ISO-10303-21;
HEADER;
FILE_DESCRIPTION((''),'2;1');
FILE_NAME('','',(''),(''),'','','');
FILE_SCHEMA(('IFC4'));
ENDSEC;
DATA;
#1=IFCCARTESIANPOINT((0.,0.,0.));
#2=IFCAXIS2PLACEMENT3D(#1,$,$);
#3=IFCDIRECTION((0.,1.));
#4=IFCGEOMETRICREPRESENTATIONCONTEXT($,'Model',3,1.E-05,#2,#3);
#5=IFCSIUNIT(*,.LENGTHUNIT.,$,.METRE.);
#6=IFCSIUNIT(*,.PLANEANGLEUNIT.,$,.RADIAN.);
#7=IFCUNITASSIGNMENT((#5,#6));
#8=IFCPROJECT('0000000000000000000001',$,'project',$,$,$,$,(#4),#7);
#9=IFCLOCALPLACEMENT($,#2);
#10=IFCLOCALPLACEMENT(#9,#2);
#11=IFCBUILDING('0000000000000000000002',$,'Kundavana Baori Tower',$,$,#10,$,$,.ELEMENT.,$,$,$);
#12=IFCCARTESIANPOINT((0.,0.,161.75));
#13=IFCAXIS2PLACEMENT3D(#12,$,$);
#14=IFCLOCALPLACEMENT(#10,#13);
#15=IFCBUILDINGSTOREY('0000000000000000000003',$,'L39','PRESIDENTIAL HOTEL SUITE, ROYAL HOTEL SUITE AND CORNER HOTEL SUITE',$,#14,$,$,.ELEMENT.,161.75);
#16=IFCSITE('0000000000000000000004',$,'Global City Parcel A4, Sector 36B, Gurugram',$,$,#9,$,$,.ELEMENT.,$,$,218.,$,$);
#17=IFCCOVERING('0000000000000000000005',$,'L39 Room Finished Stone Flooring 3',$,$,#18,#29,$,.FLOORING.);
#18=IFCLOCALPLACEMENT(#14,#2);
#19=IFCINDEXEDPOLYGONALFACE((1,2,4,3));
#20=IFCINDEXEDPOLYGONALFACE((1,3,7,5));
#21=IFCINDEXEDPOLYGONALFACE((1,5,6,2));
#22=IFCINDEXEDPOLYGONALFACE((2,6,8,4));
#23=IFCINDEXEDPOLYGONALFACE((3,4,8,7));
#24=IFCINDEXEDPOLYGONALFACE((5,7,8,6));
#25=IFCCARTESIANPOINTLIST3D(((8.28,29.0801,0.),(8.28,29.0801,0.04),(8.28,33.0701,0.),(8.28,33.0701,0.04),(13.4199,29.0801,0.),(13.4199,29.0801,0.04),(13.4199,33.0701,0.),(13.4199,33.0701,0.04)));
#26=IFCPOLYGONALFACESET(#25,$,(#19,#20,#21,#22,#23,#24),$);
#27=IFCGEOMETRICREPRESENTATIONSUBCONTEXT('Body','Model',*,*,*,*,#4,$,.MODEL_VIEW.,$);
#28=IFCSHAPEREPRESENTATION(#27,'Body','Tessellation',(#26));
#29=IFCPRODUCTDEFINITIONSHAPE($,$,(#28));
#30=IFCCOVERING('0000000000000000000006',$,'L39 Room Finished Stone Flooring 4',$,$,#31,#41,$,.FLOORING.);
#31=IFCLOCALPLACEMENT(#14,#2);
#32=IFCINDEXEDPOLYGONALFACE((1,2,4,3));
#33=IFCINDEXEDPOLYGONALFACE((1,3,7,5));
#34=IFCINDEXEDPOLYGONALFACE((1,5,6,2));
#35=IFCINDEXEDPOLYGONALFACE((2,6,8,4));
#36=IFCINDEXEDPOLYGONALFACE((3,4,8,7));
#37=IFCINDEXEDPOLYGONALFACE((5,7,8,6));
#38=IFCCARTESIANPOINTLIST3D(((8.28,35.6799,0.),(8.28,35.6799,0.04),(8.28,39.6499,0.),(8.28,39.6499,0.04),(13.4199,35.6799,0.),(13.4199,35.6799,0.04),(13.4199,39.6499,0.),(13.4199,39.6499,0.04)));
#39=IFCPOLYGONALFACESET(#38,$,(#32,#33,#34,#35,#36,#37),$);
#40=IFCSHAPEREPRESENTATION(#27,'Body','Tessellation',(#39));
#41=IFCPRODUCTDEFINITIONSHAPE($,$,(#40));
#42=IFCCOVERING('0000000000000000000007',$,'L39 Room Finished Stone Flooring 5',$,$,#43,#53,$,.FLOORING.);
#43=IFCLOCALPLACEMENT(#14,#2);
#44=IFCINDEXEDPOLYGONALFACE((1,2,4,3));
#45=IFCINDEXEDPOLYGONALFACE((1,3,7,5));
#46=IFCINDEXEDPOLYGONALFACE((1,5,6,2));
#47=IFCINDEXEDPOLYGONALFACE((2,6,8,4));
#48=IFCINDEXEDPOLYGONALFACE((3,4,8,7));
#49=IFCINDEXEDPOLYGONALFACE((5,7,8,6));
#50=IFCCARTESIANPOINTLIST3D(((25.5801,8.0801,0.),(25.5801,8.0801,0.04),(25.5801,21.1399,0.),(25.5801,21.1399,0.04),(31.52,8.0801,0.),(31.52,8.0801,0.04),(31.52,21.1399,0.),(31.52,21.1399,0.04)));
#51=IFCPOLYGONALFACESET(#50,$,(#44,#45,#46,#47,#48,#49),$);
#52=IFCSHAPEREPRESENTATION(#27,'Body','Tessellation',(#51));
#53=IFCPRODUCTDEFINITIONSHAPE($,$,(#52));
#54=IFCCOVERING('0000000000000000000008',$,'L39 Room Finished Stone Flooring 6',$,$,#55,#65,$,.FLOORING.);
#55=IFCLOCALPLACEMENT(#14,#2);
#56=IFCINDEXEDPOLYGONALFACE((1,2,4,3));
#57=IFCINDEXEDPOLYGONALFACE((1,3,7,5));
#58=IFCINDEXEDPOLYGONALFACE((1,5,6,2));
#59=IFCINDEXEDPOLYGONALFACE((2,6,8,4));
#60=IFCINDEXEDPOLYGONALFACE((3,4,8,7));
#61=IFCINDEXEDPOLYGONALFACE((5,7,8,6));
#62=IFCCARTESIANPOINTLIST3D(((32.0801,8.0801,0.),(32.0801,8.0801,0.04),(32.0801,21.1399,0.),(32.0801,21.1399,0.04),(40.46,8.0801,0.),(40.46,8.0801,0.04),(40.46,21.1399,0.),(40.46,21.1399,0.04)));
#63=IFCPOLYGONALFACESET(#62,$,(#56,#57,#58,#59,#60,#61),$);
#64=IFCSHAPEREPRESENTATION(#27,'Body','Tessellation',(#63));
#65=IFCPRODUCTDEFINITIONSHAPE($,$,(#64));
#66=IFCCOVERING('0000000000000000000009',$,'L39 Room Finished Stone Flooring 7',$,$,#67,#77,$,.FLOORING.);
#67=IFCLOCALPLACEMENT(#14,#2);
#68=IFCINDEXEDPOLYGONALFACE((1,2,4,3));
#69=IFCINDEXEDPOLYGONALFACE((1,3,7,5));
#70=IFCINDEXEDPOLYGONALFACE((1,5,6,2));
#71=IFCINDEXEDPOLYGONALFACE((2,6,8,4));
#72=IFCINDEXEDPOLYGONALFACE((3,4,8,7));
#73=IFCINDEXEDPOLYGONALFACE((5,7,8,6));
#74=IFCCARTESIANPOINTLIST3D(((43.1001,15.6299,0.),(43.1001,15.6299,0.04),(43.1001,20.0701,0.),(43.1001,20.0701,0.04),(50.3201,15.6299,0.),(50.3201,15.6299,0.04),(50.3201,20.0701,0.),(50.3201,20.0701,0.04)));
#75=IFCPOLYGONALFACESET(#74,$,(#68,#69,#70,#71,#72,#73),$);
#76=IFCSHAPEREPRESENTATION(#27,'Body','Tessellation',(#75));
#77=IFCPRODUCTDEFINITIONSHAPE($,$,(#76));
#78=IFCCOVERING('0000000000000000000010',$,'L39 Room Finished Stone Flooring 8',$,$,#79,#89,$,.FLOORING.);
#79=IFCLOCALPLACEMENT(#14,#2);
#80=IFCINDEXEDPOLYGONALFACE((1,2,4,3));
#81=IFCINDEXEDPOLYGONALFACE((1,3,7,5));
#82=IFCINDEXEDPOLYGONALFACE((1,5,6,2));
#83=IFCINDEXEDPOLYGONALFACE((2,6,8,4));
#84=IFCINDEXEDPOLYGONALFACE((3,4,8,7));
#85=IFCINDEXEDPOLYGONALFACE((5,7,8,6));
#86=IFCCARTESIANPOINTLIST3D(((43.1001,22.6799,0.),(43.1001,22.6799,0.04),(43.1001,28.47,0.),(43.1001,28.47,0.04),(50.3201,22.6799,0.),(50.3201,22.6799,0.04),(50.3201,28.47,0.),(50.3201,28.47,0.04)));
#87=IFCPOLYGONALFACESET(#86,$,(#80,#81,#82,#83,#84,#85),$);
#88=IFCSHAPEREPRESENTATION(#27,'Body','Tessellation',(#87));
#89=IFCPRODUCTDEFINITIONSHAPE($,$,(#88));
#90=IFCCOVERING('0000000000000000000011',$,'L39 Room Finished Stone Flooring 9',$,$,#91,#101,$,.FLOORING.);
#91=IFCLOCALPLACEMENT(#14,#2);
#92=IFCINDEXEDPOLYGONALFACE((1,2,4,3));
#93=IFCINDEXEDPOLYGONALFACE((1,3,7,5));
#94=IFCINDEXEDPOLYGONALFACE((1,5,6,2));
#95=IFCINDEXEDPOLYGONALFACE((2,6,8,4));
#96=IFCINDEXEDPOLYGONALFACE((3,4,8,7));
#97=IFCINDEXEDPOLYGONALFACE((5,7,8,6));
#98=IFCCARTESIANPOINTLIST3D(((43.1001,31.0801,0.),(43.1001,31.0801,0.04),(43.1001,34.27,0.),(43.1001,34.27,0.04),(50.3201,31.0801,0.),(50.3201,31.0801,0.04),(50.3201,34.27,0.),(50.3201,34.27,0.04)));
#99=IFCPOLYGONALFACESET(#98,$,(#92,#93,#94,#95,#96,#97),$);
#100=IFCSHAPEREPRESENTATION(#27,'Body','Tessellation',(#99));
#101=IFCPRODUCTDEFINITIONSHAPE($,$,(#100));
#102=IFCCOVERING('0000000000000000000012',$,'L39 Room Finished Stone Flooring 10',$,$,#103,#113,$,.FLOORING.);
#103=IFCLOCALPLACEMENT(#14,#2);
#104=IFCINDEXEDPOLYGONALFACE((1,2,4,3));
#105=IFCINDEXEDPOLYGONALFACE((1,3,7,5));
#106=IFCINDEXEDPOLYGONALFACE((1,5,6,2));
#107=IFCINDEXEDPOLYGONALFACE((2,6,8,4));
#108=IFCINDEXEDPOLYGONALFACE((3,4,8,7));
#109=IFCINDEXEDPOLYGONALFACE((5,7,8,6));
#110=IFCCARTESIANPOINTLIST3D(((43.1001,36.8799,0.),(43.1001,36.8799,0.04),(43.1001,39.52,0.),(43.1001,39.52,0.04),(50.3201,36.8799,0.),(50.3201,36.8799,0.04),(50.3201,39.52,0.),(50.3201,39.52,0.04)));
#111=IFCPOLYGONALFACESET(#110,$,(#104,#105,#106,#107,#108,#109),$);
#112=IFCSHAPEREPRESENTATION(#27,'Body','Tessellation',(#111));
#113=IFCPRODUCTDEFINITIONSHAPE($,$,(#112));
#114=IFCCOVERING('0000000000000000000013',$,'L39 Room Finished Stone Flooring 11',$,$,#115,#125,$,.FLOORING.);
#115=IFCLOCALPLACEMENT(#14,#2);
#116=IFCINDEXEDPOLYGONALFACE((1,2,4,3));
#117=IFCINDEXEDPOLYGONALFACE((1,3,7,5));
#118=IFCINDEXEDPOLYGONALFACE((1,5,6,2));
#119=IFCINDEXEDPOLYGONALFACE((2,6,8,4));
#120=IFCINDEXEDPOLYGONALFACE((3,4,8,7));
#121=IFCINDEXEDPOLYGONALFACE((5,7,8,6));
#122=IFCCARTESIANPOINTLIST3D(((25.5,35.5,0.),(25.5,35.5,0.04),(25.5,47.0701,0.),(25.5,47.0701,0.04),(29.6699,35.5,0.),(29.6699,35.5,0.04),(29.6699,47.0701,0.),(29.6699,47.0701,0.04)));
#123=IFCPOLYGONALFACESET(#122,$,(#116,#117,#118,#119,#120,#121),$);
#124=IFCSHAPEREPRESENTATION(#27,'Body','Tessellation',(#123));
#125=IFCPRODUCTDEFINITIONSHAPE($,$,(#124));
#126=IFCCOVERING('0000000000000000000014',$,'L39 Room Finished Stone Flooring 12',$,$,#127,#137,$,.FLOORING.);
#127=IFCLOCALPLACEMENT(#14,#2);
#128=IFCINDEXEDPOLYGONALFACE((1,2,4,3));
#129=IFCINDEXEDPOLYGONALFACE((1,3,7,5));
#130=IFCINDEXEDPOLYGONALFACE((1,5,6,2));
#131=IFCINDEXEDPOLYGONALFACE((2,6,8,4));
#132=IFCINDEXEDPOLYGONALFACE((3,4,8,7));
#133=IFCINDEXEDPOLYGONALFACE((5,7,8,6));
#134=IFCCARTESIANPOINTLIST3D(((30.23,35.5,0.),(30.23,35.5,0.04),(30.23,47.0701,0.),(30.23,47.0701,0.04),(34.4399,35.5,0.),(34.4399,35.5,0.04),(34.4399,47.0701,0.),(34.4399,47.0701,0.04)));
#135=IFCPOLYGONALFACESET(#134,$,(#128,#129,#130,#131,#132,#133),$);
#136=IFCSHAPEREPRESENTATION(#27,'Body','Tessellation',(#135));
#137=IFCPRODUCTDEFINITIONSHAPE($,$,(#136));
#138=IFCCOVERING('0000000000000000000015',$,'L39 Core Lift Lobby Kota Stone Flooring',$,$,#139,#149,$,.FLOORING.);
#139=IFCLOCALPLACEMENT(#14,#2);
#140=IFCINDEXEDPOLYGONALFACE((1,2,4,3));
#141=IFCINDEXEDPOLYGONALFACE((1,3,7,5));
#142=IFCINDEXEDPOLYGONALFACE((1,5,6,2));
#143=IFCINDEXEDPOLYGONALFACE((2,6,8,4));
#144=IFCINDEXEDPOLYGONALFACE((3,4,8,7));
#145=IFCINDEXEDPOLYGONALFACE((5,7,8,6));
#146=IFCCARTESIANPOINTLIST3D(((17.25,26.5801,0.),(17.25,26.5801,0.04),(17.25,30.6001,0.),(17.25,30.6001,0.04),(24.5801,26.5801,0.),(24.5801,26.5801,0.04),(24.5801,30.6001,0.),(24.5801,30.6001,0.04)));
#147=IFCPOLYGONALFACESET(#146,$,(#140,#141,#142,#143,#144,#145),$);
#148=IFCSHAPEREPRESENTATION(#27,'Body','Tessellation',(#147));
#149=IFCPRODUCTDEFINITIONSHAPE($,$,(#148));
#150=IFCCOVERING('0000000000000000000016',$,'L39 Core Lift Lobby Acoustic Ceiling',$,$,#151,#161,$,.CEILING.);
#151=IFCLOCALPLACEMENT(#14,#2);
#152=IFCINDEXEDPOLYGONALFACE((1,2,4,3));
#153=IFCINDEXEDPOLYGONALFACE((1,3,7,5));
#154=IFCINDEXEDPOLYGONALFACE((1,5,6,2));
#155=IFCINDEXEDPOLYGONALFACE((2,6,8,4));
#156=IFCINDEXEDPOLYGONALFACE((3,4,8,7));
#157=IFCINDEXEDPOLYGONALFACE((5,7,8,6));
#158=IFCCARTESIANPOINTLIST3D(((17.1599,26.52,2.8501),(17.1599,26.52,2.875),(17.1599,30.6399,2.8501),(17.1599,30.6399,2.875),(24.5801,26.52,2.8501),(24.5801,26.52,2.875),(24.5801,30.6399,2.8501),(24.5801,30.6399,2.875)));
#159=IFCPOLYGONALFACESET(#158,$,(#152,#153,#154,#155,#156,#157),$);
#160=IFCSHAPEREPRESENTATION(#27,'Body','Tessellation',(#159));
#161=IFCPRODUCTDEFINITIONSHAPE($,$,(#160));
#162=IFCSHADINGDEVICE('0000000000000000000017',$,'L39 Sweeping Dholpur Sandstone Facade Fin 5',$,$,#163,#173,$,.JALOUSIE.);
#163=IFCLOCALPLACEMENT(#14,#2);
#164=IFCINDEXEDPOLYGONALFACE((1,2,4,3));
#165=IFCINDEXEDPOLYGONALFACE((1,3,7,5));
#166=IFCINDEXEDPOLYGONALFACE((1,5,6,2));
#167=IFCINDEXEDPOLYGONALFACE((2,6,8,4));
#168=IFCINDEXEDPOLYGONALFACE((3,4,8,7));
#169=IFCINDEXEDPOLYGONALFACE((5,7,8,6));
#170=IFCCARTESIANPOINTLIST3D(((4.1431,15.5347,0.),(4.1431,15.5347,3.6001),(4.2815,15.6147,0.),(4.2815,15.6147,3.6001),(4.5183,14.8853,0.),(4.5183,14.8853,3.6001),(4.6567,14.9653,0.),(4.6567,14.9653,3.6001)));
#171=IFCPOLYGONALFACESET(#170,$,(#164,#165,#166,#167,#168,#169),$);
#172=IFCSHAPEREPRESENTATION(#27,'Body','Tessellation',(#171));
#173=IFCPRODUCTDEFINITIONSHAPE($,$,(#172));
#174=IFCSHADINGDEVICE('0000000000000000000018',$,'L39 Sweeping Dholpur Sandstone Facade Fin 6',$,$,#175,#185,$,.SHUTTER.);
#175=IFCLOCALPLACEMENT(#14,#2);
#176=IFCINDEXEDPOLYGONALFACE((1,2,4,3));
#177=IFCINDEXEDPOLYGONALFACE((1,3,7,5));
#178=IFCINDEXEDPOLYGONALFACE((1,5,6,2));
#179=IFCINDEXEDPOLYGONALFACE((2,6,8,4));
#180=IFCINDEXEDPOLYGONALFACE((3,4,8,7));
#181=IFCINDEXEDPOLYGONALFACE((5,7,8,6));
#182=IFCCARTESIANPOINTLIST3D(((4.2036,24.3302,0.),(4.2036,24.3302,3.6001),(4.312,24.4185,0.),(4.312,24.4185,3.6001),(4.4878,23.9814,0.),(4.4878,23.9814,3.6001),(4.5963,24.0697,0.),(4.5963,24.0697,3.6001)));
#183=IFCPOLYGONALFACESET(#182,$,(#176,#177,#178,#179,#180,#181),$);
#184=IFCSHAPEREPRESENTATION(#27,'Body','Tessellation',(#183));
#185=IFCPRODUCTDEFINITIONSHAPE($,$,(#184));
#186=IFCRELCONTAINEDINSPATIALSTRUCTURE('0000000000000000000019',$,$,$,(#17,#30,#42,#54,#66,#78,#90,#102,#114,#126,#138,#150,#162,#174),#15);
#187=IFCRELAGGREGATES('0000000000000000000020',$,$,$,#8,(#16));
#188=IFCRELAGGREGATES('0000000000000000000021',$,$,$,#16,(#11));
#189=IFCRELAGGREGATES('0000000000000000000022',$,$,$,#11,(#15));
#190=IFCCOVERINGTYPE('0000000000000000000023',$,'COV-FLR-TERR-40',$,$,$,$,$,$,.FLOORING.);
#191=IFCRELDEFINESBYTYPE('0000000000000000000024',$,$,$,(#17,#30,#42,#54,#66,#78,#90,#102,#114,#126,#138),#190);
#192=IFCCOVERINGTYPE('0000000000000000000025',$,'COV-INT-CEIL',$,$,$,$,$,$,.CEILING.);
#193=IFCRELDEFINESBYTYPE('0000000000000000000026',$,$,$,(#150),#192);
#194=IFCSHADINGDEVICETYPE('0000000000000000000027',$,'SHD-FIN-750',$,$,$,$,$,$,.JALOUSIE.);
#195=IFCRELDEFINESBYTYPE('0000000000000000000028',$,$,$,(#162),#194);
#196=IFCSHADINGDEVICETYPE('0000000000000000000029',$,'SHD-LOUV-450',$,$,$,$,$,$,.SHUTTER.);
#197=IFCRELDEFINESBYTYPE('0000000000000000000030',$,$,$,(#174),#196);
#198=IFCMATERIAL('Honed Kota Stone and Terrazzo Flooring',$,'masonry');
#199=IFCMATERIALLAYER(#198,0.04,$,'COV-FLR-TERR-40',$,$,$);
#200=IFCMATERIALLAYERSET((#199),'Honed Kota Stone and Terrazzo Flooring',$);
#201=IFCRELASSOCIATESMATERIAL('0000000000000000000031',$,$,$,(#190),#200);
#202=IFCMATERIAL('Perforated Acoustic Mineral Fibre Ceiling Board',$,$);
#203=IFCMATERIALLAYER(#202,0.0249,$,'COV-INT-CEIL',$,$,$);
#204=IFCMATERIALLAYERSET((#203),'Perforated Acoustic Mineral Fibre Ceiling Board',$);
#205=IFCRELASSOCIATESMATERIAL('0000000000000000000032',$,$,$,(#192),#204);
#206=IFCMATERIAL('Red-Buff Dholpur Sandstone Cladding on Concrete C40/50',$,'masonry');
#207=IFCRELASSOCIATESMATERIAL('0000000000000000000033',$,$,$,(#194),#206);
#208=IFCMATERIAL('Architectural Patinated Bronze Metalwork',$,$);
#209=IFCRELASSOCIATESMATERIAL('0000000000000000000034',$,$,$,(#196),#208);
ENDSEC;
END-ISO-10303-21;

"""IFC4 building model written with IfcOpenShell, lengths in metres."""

from ifc_helpers import new_model, si_unit, direction, frame, origin, origin_2d, place, context, subcontext, project, spatial, polyline, rectangle, outline, extrude, material, layer, layer_set, type_object, element, save


model = new_model("IFC4")

# Units and contexts
model_context = context("Model", 3, precision=1e-05, world=origin(), true_north=direction((0.0, 1.0)))
body_context = subcontext(model_context, "Body", "Model", "MODEL_VIEW")
ifc_project = project(units=[si_unit("LENGTHUNIT", "METRE"), si_unit("PLANEANGLEUNIT", "RADIAN")], contexts=[model_context])

# Site, building, storey
site_placement = place(None, origin())
site = spatial("IfcSite", under=ifc_project, at=site_placement, Name="Global City Parcel A4, Sector 36B, Gurugram", CompositionType="ELEMENT", RefElevation=218.0)
building_placement = place(site_placement, origin())
building = spatial("IfcBuilding", under=site, at=building_placement, Name="Kundavana Baori Tower", CompositionType="ELEMENT")
storey_placement = place(building_placement, frame((0.0, 0.0, 161.75)))
storey = spatial("IfcBuildingStorey", under=building, at=storey_placement, Name="L39", Description="PRESIDENTIAL HOTEL SUITE, ROYAL HOTEL SUITE AND CORNER HOTEL SUITE", CompositionType="ELEMENT", Elevation=161.75)

# Coverings
ifc_material_1 = material(Name="Honed Kota Stone and Terrazzo Flooring", Category="masonry")
ifc_layer_1 = layer(ifc_material_1, 0.04, Name="COV-FLR-TERR-40")
ifc_layer_set_1 = layer_set([ifc_layer_1], Name="Honed Kota Stone and Terrazzo Flooring")
covering_type_1 = type_object("IfcCoveringType", Name="COV-FLR-TERR-40", PredefinedType="FLOORING", material=ifc_layer_set_1)
covering_1_placement = place(storey_placement, origin())
element("IfcCovering", 1, at=covering_1_placement, inside=storey, type_object=covering_type_1, Name="L39 Room Finished Stone Flooring 3", PredefinedType="FLOORING", context=body_context, shape_type="SweptSolid", body=[
    extrude(outline(polyline([(8.28, 29.0801), (13.4199, 29.0801), (13.4199, 33.0701), (8.28, 33.0701), (8.28, 29.0801)])), origin(), (0.0, 0.0, 1.0), 0.04),
])
covering_2_placement = place(storey_placement, origin())
element("IfcCovering", 2, at=covering_2_placement, inside=storey, type_object=covering_type_1, Name="L39 Room Finished Stone Flooring 4", PredefinedType="FLOORING", context=body_context, shape_type="SweptSolid", body=[
    extrude(outline(polyline([(8.28, 35.6799), (13.4199, 35.6799), (13.4199, 39.6499), (8.28, 39.6499), (8.28, 35.6799)])), origin(), (0.0, 0.0, 1.0), 0.04),
])
covering_3_placement = place(storey_placement, origin())
element("IfcCovering", 3, at=covering_3_placement, inside=storey, type_object=covering_type_1, Name="L39 Room Finished Stone Flooring 5", PredefinedType="FLOORING", context=body_context, shape_type="SweptSolid", body=[
    extrude(outline(polyline([(25.5801, 8.0801), (31.52, 8.0801), (31.52, 21.1399), (25.5801, 21.1399), (25.5801, 8.0801)])), origin(), (0.0, 0.0, 1.0), 0.04),
])
covering_4_placement = place(storey_placement, origin())
element("IfcCovering", 4, at=covering_4_placement, inside=storey, type_object=covering_type_1, Name="L39 Room Finished Stone Flooring 6", PredefinedType="FLOORING", context=body_context, shape_type="SweptSolid", body=[
    extrude(outline(polyline([(32.0801, 8.0801), (40.46, 8.0801), (40.46, 21.1399), (32.0801, 21.1399), (32.0801, 8.0801)])), origin(), (0.0, 0.0, 1.0), 0.04),
])
covering_5_placement = place(storey_placement, origin())
element("IfcCovering", 5, at=covering_5_placement, inside=storey, type_object=covering_type_1, Name="L39 Room Finished Stone Flooring 7", PredefinedType="FLOORING", context=body_context, shape_type="SweptSolid", body=[
    extrude(outline(polyline([(43.1001, 15.6299), (50.3201, 15.6299), (50.3201, 20.0701), (43.1001, 20.0701), (43.1001, 15.6299)])), origin(), (0.0, 0.0, 1.0), 0.04),
])
covering_6_placement = place(storey_placement, origin())
element("IfcCovering", 6, at=covering_6_placement, inside=storey, type_object=covering_type_1, Name="L39 Room Finished Stone Flooring 8", PredefinedType="FLOORING", context=body_context, shape_type="SweptSolid", body=[
    extrude(outline(polyline([(43.1001, 22.6799), (50.3201, 22.6799), (50.3201, 28.47), (43.1001, 28.47), (43.1001, 22.6799)])), origin(), (0.0, 0.0, 1.0), 0.04),
])
covering_7_placement = place(storey_placement, origin())
element("IfcCovering", 7, at=covering_7_placement, inside=storey, type_object=covering_type_1, Name="L39 Room Finished Stone Flooring 9", PredefinedType="FLOORING", context=body_context, shape_type="SweptSolid", body=[
    extrude(outline(polyline([(43.1001, 31.0801), (50.3201, 31.0801), (50.3201, 34.27), (43.1001, 34.27), (43.1001, 31.0801)])), origin(), (0.0, 0.0, 1.0), 0.04),
])
covering_8_placement = place(storey_placement, origin())
element("IfcCovering", 8, at=covering_8_placement, inside=storey, type_object=covering_type_1, Name="L39 Room Finished Stone Flooring 10", PredefinedType="FLOORING", context=body_context, shape_type="SweptSolid", body=[
    extrude(outline(polyline([(43.1001, 36.8799), (50.3201, 36.8799), (50.3201, 39.52), (43.1001, 39.52), (43.1001, 36.8799)])), origin(), (0.0, 0.0, 1.0), 0.04),
])
covering_9_placement = place(storey_placement, origin())
element("IfcCovering", 9, at=covering_9_placement, inside=storey, type_object=covering_type_1, Name="L39 Room Finished Stone Flooring 11", PredefinedType="FLOORING", context=body_context, shape_type="SweptSolid", body=[
    extrude(outline(polyline([(25.5, 35.5), (29.6699, 35.5), (29.6699, 47.0701), (25.5, 47.0701), (25.5, 35.5)])), origin(), (0.0, 0.0, 1.0), 0.04),
])
covering_10_placement = place(storey_placement, origin())
element("IfcCovering", 10, at=covering_10_placement, inside=storey, type_object=covering_type_1, Name="L39 Room Finished Stone Flooring 12", PredefinedType="FLOORING", context=body_context, shape_type="SweptSolid", body=[
    extrude(outline(polyline([(30.23, 35.5), (34.4399, 35.5), (34.4399, 47.0701), (30.23, 47.0701), (30.23, 35.5)])), origin(), (0.0, 0.0, 1.0), 0.04),
])
covering_11_placement = place(storey_placement, origin())
element("IfcCovering", 11, at=covering_11_placement, inside=storey, type_object=covering_type_1, Name="L39 Core Lift Lobby Kota Stone Flooring", PredefinedType="FLOORING", context=body_context, shape_type="SweptSolid", body=[
    extrude(outline(polyline([(17.25, 26.5801), (24.5801, 26.5801), (24.5801, 30.6001), (17.25, 30.6001), (17.25, 26.5801)])), origin(), (0.0, 0.0, 1.0), 0.04),
])
ifc_material_2 = material(Name="Perforated Acoustic Mineral Fibre Ceiling Board")
ifc_layer_2 = layer(ifc_material_2, 0.0249, Name="COV-INT-CEIL")
ifc_layer_set_2 = layer_set([ifc_layer_2], Name="Perforated Acoustic Mineral Fibre Ceiling Board")
covering_type_2 = type_object("IfcCoveringType", Name="COV-INT-CEIL", PredefinedType="CEILING", material=ifc_layer_set_2)
covering_12_placement = place(storey_placement, frame((0.0, 0.0, 2.8501)))
element("IfcCovering", 12, at=covering_12_placement, inside=storey, type_object=covering_type_2, Name="L39 Core Lift Lobby Acoustic Ceiling", PredefinedType="CEILING", context=body_context, shape_type="SweptSolid", body=[
    extrude(outline(polyline([(17.1599, 26.52), (24.5801, 26.52), (24.5801, 30.6399), (17.1599, 30.6399), (17.1599, 26.52)])), origin(), (0.0, 0.0, 1.0), 0.0249),
])

# Shading devices
ifc_material_3 = material(Name="Red-Buff Dholpur Sandstone Cladding on Concrete C40/50", Category="masonry")
shading_device_type_1 = type_object("IfcShadingDeviceType", Name="SHD-FIN-750", PredefinedType="JALOUSIE", material=ifc_material_3)
shading_device_1_placement = place(storey_placement, frame((4.3999, 15.25, 0.0), z_axis=(0.0, 0.0, 1.0), x_axis=(0.865851, 0.500302, 0.0)))
element("IfcShadingDevice", 13, at=shading_device_1_placement, inside=storey, type_object=shading_device_type_1, Name="L39 Sweeping Dholpur Sandstone Facade Fin 5", PredefinedType="JALOUSIE", context=body_context, shape_type="SweptSolid", body=[
    extrude(rectangle(XDim=0.1599, YDim=0.75, at=origin_2d()), origin(), (0.0, 0.0, 1.0), 3.6001),
])
ifc_material_4 = material(Name="Architectural Patinated Bronze Metalwork")
shading_device_type_2 = type_object("IfcShadingDeviceType", Name="SHD-LOUV-450", PredefinedType="SHUTTER", material=ifc_material_4)
shading_device_2_placement = place(storey_placement, frame((4.3999, 24.2, 0.0), z_axis=(0.0, 0.0, 1.0), x_axis=(0.775165, 0.631759, 0.0)))
element("IfcShadingDevice", 14, at=shading_device_2_placement, inside=storey, type_object=shading_device_type_2, Name="L39 Sweeping Dholpur Sandstone Facade Fin 6", PredefinedType="SHUTTER", context=body_context, shape_type="SweptSolid", body=[
    extrude(rectangle(XDim=0.1399, YDim=0.45, at=origin_2d()), origin(), (0.0, 0.0, 1.0), 3.6001),
])

save(model, "model.ifc")
